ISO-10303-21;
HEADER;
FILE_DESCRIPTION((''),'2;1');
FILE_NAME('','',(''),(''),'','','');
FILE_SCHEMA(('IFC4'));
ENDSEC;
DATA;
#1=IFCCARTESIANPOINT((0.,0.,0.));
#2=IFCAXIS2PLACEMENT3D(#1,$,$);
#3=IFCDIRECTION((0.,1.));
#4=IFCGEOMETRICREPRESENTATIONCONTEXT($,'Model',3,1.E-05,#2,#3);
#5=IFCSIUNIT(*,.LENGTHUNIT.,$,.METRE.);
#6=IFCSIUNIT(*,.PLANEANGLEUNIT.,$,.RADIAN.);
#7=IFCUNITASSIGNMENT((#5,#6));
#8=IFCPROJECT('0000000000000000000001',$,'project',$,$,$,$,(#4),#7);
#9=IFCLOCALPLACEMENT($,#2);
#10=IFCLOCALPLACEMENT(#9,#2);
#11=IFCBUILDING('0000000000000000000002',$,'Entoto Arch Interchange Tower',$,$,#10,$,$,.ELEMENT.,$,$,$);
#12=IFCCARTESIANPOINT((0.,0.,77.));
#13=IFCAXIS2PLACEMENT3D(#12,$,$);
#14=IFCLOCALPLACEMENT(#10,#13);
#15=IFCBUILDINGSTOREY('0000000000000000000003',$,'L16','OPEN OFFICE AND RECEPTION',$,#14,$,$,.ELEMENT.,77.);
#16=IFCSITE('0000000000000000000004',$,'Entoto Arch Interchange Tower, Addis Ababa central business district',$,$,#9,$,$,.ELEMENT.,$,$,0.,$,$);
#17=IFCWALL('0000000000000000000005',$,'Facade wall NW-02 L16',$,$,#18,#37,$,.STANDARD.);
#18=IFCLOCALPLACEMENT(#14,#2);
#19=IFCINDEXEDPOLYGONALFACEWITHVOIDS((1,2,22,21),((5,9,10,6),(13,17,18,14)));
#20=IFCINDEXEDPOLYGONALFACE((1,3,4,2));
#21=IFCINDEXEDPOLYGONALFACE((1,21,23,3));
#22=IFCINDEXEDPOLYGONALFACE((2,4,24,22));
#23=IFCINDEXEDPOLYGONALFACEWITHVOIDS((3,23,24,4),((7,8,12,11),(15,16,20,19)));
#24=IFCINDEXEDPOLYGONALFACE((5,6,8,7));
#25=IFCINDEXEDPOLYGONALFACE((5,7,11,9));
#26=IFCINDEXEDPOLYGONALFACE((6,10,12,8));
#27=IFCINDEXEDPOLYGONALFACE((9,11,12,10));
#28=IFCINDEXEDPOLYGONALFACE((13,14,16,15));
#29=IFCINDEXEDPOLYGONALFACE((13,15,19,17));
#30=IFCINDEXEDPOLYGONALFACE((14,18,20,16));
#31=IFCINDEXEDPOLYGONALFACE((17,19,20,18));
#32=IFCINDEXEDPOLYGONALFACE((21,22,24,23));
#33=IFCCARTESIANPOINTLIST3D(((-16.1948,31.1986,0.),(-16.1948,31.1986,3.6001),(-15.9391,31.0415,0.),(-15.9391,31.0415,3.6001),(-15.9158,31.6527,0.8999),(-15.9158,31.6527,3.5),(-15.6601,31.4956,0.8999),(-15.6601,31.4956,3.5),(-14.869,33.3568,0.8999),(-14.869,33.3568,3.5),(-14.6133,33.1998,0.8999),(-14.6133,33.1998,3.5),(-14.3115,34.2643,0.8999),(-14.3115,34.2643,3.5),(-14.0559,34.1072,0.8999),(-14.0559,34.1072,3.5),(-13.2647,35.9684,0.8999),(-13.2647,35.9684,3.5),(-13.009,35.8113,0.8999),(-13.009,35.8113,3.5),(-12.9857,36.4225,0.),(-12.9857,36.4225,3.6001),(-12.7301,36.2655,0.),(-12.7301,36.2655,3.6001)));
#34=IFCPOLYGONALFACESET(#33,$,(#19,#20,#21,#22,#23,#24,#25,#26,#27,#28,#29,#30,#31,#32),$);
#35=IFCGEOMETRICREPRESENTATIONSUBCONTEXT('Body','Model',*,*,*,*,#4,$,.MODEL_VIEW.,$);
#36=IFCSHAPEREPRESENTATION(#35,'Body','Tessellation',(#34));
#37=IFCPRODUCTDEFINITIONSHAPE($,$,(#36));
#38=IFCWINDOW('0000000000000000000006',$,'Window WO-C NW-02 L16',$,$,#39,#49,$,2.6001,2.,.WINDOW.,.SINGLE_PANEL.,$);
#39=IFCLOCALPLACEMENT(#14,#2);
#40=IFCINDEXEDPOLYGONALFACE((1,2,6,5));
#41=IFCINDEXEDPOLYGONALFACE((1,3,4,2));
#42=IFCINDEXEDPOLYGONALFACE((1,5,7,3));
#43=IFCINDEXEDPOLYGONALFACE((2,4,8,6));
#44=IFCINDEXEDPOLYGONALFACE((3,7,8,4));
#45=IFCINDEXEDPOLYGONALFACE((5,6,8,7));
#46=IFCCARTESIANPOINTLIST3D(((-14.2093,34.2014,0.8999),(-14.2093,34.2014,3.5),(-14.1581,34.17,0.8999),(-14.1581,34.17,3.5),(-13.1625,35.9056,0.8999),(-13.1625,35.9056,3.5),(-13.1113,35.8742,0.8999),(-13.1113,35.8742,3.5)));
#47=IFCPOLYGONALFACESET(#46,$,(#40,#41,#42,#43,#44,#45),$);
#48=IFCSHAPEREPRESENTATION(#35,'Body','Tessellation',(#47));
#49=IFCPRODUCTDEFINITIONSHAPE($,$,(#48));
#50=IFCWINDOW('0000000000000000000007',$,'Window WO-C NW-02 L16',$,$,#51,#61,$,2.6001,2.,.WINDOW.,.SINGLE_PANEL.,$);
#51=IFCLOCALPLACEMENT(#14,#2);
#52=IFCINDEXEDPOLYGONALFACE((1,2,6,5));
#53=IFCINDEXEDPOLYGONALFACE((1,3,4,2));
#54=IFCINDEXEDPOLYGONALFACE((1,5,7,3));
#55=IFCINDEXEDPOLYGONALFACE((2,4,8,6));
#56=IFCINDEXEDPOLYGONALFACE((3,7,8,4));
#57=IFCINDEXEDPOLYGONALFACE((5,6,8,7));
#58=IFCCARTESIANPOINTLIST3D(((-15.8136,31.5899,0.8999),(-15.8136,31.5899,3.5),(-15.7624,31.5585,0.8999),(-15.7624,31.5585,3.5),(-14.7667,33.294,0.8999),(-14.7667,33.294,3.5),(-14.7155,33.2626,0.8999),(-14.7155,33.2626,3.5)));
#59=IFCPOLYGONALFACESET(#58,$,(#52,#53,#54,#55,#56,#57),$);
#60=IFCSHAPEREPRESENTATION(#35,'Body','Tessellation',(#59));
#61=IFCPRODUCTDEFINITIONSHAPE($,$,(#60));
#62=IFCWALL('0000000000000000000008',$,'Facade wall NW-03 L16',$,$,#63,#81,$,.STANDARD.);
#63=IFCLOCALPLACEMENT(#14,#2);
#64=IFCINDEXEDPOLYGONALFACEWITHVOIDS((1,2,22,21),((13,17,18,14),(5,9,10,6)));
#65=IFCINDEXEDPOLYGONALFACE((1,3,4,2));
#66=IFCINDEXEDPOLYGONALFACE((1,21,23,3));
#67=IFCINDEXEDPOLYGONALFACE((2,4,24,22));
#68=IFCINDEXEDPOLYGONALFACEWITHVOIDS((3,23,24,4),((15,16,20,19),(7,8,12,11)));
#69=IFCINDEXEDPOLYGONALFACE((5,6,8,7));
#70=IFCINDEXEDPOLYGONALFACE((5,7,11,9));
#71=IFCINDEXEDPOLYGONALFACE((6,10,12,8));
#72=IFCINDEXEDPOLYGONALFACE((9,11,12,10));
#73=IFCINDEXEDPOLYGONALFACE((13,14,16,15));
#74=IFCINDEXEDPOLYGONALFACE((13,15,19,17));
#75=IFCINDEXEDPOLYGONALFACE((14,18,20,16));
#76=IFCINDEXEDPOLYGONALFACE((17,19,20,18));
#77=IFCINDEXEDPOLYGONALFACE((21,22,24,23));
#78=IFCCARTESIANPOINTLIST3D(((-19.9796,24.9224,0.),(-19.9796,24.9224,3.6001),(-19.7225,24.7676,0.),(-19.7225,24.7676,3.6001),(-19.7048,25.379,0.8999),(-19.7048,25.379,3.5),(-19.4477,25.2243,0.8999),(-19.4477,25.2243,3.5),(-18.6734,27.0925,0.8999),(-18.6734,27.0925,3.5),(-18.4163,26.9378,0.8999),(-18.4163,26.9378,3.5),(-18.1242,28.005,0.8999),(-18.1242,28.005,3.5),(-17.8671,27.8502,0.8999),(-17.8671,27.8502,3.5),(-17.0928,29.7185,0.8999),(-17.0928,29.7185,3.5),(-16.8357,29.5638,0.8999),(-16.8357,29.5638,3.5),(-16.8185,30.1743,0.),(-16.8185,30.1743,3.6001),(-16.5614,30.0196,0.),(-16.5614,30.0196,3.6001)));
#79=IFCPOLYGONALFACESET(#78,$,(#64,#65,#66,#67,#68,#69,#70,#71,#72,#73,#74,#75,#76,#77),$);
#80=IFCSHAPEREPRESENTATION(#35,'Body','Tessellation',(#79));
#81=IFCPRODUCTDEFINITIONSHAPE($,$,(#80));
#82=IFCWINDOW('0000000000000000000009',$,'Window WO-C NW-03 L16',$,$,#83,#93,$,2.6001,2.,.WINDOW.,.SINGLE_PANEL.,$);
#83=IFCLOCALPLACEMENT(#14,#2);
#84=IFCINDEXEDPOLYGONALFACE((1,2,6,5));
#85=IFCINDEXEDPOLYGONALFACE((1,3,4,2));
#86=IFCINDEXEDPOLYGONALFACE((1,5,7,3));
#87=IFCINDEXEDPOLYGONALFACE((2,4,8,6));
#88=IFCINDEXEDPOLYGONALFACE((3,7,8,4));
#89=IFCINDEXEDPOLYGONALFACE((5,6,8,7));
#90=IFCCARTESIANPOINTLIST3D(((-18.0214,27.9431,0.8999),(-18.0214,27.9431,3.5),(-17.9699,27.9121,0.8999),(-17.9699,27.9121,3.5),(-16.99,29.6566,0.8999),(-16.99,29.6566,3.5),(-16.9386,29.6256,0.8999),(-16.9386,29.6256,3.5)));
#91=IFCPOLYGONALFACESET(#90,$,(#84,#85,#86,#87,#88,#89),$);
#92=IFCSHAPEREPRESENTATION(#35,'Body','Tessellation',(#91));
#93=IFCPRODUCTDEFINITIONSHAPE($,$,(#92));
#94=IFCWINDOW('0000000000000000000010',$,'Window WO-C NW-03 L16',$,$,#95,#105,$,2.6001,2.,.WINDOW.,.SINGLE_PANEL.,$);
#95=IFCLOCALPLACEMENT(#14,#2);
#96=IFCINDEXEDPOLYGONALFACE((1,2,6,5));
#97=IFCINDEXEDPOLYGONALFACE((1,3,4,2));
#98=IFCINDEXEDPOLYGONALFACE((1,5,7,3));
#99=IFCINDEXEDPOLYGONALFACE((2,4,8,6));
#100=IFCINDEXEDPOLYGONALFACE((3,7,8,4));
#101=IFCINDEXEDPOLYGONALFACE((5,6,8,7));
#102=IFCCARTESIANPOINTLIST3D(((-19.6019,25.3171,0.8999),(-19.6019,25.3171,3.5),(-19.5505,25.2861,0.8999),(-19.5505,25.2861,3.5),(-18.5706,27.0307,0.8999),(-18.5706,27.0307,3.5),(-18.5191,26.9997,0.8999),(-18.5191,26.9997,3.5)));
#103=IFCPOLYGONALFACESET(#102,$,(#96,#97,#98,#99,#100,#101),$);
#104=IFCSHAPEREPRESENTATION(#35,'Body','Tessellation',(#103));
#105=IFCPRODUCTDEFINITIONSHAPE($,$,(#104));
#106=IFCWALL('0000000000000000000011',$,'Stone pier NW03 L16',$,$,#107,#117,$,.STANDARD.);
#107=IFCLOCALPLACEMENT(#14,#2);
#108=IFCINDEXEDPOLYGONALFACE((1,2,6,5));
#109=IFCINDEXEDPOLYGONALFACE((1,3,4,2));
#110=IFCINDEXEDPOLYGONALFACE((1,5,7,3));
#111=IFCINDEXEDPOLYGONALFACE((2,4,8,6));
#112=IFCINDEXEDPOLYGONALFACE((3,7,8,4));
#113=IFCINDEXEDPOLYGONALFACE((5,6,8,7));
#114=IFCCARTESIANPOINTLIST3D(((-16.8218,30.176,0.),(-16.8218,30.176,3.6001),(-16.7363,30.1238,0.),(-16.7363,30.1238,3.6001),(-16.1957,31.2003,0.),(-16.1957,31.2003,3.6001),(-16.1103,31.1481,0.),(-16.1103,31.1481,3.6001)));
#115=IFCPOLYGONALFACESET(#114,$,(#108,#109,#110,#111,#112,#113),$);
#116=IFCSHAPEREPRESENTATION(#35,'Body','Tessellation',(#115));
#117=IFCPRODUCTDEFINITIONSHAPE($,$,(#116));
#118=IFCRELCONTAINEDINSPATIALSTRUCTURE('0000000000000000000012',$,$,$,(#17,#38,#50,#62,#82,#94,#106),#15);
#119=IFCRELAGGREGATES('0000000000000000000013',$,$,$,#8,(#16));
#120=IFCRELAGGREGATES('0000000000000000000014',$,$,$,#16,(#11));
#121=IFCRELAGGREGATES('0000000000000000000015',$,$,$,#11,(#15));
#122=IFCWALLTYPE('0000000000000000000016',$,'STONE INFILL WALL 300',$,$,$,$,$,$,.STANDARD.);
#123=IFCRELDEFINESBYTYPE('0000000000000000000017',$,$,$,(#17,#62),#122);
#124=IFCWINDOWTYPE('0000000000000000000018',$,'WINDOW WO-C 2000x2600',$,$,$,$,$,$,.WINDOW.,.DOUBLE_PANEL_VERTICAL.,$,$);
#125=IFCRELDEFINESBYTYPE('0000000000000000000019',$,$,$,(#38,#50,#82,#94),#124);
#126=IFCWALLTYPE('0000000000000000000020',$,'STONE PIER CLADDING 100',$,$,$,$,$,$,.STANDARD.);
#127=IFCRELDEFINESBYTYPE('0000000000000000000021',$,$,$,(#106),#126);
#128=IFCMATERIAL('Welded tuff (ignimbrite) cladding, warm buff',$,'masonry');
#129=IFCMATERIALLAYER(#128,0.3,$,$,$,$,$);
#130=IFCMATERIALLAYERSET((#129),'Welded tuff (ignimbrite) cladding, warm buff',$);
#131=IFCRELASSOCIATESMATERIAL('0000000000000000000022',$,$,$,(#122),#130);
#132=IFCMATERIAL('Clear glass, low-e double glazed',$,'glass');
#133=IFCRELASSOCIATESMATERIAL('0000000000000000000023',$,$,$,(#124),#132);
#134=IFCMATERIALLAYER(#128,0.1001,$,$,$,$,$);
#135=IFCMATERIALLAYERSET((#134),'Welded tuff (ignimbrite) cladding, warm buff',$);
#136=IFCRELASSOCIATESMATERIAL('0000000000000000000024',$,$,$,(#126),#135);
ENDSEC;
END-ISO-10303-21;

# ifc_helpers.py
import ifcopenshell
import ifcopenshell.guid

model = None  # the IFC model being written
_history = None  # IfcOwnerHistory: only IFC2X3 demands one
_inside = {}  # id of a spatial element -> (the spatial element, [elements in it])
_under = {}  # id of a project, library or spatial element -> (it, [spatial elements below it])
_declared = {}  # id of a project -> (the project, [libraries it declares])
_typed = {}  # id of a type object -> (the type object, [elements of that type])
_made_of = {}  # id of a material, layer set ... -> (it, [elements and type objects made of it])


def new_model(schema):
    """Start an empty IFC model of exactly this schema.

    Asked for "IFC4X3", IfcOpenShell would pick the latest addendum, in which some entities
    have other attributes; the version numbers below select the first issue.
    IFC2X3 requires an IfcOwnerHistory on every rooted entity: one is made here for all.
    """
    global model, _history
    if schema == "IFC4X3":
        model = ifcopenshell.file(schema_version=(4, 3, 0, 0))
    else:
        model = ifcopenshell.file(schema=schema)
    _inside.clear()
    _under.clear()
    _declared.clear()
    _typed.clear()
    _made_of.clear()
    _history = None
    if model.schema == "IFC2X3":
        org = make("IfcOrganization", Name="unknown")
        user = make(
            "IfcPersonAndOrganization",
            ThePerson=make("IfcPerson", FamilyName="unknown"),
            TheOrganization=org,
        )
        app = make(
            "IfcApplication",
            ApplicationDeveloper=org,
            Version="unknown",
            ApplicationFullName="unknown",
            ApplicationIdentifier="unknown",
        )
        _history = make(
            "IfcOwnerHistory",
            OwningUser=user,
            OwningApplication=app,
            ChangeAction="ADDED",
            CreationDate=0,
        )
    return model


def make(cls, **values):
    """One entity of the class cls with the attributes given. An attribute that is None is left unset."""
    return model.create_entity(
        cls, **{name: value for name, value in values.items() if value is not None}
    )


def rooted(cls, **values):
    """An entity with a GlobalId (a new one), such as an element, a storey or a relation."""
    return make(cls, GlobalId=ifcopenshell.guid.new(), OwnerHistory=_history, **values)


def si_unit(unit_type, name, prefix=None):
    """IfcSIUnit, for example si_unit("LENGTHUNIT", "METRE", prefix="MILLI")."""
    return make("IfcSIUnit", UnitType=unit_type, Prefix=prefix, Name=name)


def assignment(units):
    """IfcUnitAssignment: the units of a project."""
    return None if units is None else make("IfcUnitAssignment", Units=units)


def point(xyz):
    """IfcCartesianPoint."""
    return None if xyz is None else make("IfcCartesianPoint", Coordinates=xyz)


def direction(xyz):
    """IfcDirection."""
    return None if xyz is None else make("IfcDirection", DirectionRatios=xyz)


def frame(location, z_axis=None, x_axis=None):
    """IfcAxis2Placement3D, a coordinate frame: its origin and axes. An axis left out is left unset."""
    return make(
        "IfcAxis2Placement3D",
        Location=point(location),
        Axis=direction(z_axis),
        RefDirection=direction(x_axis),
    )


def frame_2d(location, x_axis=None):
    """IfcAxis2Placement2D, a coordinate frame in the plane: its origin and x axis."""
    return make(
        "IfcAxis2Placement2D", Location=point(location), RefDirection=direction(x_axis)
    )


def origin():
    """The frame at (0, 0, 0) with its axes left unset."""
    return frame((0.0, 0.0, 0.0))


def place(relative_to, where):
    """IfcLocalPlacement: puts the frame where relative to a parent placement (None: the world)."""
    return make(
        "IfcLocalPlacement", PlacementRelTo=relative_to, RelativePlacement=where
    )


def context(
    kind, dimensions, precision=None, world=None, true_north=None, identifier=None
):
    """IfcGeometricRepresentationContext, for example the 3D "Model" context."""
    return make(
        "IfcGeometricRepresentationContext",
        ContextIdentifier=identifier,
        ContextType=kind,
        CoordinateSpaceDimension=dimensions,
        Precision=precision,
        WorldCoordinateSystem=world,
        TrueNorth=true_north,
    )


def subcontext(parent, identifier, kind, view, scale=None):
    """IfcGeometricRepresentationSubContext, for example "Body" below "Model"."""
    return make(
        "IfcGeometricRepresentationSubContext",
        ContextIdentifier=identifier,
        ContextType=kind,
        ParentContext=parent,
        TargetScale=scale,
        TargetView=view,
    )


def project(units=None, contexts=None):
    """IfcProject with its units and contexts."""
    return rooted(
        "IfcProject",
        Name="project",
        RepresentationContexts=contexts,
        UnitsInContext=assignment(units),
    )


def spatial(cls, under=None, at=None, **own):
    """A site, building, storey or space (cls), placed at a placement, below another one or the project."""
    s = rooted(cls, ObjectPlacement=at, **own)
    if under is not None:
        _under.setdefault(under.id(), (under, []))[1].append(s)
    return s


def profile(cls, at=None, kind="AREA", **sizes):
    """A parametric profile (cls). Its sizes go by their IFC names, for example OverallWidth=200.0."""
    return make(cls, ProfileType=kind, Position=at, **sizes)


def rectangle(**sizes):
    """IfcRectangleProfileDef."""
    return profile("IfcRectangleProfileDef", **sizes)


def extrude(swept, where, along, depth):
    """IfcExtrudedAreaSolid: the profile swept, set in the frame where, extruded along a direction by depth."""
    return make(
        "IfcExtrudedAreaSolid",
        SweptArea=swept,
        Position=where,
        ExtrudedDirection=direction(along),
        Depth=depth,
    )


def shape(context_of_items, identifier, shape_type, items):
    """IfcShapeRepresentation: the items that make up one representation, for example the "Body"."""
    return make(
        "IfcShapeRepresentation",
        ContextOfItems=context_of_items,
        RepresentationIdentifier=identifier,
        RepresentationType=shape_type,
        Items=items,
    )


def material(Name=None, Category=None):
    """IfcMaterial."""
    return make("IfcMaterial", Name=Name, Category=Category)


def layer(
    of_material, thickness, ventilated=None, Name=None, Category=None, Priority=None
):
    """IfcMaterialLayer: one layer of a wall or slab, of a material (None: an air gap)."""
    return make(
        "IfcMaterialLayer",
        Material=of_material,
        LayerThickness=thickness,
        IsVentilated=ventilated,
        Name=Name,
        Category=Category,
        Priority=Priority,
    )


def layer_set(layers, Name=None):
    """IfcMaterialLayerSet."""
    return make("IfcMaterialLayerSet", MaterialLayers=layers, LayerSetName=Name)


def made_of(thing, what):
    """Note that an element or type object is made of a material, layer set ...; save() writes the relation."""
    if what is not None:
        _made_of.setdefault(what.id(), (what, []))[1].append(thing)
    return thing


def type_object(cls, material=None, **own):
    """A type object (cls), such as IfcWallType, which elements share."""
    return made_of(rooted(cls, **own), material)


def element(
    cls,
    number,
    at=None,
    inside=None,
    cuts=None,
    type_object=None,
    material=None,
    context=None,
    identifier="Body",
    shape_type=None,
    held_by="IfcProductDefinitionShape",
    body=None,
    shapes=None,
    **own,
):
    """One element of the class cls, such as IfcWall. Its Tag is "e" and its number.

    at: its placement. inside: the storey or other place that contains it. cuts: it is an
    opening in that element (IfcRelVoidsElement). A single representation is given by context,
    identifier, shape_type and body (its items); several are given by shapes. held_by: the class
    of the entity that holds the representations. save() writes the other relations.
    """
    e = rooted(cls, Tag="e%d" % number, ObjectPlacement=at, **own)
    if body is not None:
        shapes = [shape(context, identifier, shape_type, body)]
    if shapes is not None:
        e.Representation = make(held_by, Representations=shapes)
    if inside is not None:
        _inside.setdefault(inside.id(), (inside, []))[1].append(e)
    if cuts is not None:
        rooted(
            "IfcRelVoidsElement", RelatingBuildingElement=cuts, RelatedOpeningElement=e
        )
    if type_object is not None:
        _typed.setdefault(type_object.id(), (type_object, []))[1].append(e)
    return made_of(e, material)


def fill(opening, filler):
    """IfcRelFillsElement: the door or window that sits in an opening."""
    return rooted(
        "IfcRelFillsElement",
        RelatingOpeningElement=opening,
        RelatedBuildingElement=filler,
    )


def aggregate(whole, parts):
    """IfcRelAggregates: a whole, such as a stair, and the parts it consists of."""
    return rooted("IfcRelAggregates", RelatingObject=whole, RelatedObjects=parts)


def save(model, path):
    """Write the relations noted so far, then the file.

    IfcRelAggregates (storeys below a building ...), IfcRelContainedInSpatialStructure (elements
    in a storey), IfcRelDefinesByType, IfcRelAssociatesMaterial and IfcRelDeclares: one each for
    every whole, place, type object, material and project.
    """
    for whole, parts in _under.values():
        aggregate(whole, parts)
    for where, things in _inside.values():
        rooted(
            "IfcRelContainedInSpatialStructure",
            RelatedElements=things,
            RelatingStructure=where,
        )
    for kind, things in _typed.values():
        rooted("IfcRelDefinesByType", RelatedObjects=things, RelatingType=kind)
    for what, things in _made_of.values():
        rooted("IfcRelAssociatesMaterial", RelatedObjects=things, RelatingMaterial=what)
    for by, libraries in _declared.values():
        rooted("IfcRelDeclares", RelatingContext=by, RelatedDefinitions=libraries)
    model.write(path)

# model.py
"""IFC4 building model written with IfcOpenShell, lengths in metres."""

from ifc_helpers import new_model, si_unit, direction, frame, frame_2d, origin, place, context, subcontext, project, spatial, rectangle, extrude, material, layer, layer_set, type_object, element, fill, save


model = new_model("IFC4")

# Units and contexts
model_context = context("Model", 3, precision=1e-05, world=origin(), true_north=direction((0.0, 1.0)))
body_context = subcontext(model_context, "Body", "Model", "MODEL_VIEW")
ifc_project = project(units=[si_unit("LENGTHUNIT", "METRE"), si_unit("PLANEANGLEUNIT", "RADIAN")], contexts=[model_context])

# Site, building, storey
site_placement = place(None, origin())
site = spatial("IfcSite", under=ifc_project, at=site_placement, Name="Entoto Arch Interchange Tower, Addis Ababa central business district", CompositionType="ELEMENT", RefElevation=0.0)
building_placement = place(site_placement, origin())
building = spatial("IfcBuilding", under=site, at=building_placement, Name="Entoto Arch Interchange Tower", CompositionType="ELEMENT")
storey_placement = place(building_placement, frame((0.0, 0.0, 77.0)))
storey = spatial("IfcBuildingStorey", under=building, at=storey_placement, Name="L16", Description="OPEN OFFICE AND RECEPTION", CompositionType="ELEMENT", Elevation=77.0)

# Walls, openings, windows
ifc_material_1 = material(Name="Welded tuff (ignimbrite) cladding, warm buff", Category="masonry")
ifc_layer_1 = layer(ifc_material_1, 0.3)
ifc_layer_set_1 = layer_set([ifc_layer_1], Name="Welded tuff (ignimbrite) cladding, warm buff")
wall_type_1 = type_object("IfcWallType", Name="STONE INFILL WALL 300", PredefinedType="STANDARD", material=ifc_layer_set_1)
wall_1_placement = place(storey_placement, frame((-12.8579, 36.344, 0.0), z_axis=(0.0, 0.0, 1.0), x_axis=(-0.523422, -0.852074, 0.0)))
wall_1 = element("IfcWall", 1, at=wall_1_placement, inside=storey, type_object=wall_type_1, Name="Facade wall NW-02 L16", PredefinedType="STANDARD", context=body_context, shape_type="SweptSolid", body=[
    extrude(rectangle(XDim=6.1309, YDim=0.3, at=frame_2d((3.0654, 0.0))), origin(), (0.0, 0.0, 1.0), 3.6001),
])
opening_1_placement = place(wall_1_placement, frame((0.533, 0.0, 0.8999)))
opening_1 = element("IfcOpeningElement", 2, at=opening_1_placement, cuts=wall_1, PredefinedType="OPENING", context=body_context, shape_type="SweptSolid", body=[
    extrude(rectangle(XDim=2.0, YDim=2.6001, at=frame_2d((1.0, 1.3))), frame((0.0, 0.1602, 0.0), z_axis=(0.0, -1.0, 0.0), x_axis=(1.0, 0.0, 0.0)), (0.0, 0.0, 1.0), 0.3201),
])
opening_2_placement = place(wall_1_placement, frame((3.5979, 0.0, 0.8999)))
opening_2 = element("IfcOpeningElement", 3, at=opening_2_placement, cuts=wall_1, PredefinedType="OPENING", context=body_context, shape_type="SweptSolid", body=[
    extrude(rectangle(XDim=2.0, YDim=2.6001, at=frame_2d((1.0, 1.3))), frame((0.0, 0.1602, 0.0), z_axis=(0.0, -1.0, 0.0), x_axis=(1.0, 0.0, 0.0)), (0.0, 0.0, 1.0), 0.3201),
])
ifc_material_2 = material(Name="Clear glass, low-e double glazed", Category="glass")
window_type = type_object("IfcWindowType", Name="WINDOW WO-C 2000x2600", PartitioningType="DOUBLE_PANEL_VERTICAL", PredefinedType="WINDOW", material=ifc_material_2)
window_1_placement = place(opening_1_placement, origin())
window_1 = element("IfcWindow", 4, at=window_1_placement, inside=storey, type_object=window_type, Name="Window WO-C NW-02 L16", OverallHeight=2.6001, OverallWidth=2.0, PartitioningType="SINGLE_PANEL", PredefinedType="WINDOW", context=body_context, shape_type="SweptSolid", body=[
    extrude(rectangle(XDim=2.0, YDim=2.6001, at=frame_2d((1.0, 1.3))), frame((0.0, 0.03, 0.0), z_axis=(0.0, -1.0, 0.0), x_axis=(1.0, 0.0, 0.0)), (0.0, 0.0, 1.0), 0.0601),
])
fill(opening_1, window_1)
window_2_placement = place(opening_2_placement, origin())
window_2 = element("IfcWindow", 5, at=window_2_placement, inside=storey, type_object=window_type, Name="Window WO-C NW-02 L16", OverallHeight=2.6001, OverallWidth=2.0, PartitioningType="SINGLE_PANEL", PredefinedType="WINDOW", context=body_context, shape_type="SweptSolid", body=[
    extrude(rectangle(XDim=2.0, YDim=2.6001, at=frame_2d((1.0, 1.3))), frame((0.0, 0.03, 0.0), z_axis=(0.0, -1.0, 0.0), x_axis=(1.0, 0.0, 0.0)), (0.0, 0.0, 1.0), 0.0601),
])
fill(opening_2, window_2)
wall_2_placement = place(storey_placement, frame((-16.6899, 30.0969, 0.0), z_axis=(0.0, 0.0, 1.0), x_axis=(-0.51569, -0.856775, 0.0)))
wall_2 = element("IfcWall", 6, at=wall_2_placement, inside=storey, type_object=wall_type_1, Name="Facade wall NW-03 L16", PredefinedType="STANDARD", context=body_context, shape_type="SweptSolid", body=[
    extrude(rectangle(XDim=6.1299, YDim=0.3, at=frame_2d((3.0649, 0.0))), origin(), (0.0, 0.0, 1.0), 3.6001),
])
opening_3_placement = place(wall_2_placement, frame((0.532, 0.0, 0.8999)))
opening_3 = element("IfcOpeningElement", 7, at=opening_3_placement, cuts=wall_2, PredefinedType="OPENING", context=body_context, shape_type="SweptSolid", body=[
    extrude(rectangle(XDim=2.0, YDim=2.6001, at=frame_2d((1.0, 1.3))), frame((0.0, 0.1602, 0.0), z_axis=(0.0, -1.0, 0.0), x_axis=(1.0, 0.0, 0.0)), (0.0, 0.0, 1.0), 0.3201),
])
opening_4_placement = place(wall_2_placement, frame((3.5969, 0.0, 0.8999)))
opening_4 = element("IfcOpeningElement", 8, at=opening_4_placement, cuts=wall_2, PredefinedType="OPENING", context=body_context, shape_type="SweptSolid", body=[
    extrude(rectangle(XDim=2.0, YDim=2.6001, at=frame_2d((1.0, 1.3))), frame((0.0, 0.1602, 0.0), z_axis=(0.0, -1.0, 0.0), x_axis=(1.0, 0.0, 0.0)), (0.0, 0.0, 1.0), 0.3201),
])
window_3_placement = place(opening_3_placement, origin())
window_3 = element("IfcWindow", 9, at=window_3_placement, inside=storey, type_object=window_type, Name="Window WO-C NW-03 L16", OverallHeight=2.6001, OverallWidth=2.0, PartitioningType="SINGLE_PANEL", PredefinedType="WINDOW", context=body_context, shape_type="SweptSolid", body=[
    extrude(rectangle(XDim=2.0, YDim=2.6001, at=frame_2d((1.0, 1.3))), frame((0.0, 0.03, 0.0), z_axis=(0.0, -1.0, 0.0), x_axis=(1.0, 0.0, 0.0)), (0.0, 0.0, 1.0), 0.0601),
])
fill(opening_3, window_3)
window_4_placement = place(opening_4_placement, origin())
window_4 = element("IfcWindow", 10, at=window_4_placement, inside=storey, type_object=window_type, Name="Window WO-C NW-03 L16", OverallHeight=2.6001, OverallWidth=2.0, PartitioningType="SINGLE_PANEL", PredefinedType="WINDOW", context=body_context, shape_type="SweptSolid", body=[
    extrude(rectangle(XDim=2.0, YDim=2.6001, at=frame_2d((1.0, 1.3))), frame((0.0, 0.03, 0.0), z_axis=(0.0, -1.0, 0.0), x_axis=(1.0, 0.0, 0.0)), (0.0, 0.0, 1.0), 0.0601),
])
fill(opening_4, window_4)

# Wall
ifc_layer_2 = layer(ifc_material_1, 0.1001)
ifc_layer_set_2 = layer_set([ifc_layer_2], Name="Welded tuff (ignimbrite) cladding, warm buff")
wall_type_2 = type_object("IfcWallType", Name="STONE PIER CLADDING 100", PredefinedType="STANDARD", material=ifc_layer_set_2)
wall_3_placement = place(storey_placement, frame((-16.1531, 31.1741, 0.0), z_axis=(0.0, 0.0, 1.0), x_axis=(-0.521508, -0.853247, 0.0)))
element("IfcWall", 11, at=wall_3_placement, inside=storey, type_object=wall_type_2, Name="Stone pier NW03 L16", PredefinedType="STANDARD", context=body_context, shape_type="SweptSolid", body=[
    extrude(rectangle(XDim=1.2004, YDim=0.1001, at=frame_2d((0.6001, 0.0))), origin(), (0.0, 0.0, 1.0), 3.6001),
])

save(model, "model.ifc")
